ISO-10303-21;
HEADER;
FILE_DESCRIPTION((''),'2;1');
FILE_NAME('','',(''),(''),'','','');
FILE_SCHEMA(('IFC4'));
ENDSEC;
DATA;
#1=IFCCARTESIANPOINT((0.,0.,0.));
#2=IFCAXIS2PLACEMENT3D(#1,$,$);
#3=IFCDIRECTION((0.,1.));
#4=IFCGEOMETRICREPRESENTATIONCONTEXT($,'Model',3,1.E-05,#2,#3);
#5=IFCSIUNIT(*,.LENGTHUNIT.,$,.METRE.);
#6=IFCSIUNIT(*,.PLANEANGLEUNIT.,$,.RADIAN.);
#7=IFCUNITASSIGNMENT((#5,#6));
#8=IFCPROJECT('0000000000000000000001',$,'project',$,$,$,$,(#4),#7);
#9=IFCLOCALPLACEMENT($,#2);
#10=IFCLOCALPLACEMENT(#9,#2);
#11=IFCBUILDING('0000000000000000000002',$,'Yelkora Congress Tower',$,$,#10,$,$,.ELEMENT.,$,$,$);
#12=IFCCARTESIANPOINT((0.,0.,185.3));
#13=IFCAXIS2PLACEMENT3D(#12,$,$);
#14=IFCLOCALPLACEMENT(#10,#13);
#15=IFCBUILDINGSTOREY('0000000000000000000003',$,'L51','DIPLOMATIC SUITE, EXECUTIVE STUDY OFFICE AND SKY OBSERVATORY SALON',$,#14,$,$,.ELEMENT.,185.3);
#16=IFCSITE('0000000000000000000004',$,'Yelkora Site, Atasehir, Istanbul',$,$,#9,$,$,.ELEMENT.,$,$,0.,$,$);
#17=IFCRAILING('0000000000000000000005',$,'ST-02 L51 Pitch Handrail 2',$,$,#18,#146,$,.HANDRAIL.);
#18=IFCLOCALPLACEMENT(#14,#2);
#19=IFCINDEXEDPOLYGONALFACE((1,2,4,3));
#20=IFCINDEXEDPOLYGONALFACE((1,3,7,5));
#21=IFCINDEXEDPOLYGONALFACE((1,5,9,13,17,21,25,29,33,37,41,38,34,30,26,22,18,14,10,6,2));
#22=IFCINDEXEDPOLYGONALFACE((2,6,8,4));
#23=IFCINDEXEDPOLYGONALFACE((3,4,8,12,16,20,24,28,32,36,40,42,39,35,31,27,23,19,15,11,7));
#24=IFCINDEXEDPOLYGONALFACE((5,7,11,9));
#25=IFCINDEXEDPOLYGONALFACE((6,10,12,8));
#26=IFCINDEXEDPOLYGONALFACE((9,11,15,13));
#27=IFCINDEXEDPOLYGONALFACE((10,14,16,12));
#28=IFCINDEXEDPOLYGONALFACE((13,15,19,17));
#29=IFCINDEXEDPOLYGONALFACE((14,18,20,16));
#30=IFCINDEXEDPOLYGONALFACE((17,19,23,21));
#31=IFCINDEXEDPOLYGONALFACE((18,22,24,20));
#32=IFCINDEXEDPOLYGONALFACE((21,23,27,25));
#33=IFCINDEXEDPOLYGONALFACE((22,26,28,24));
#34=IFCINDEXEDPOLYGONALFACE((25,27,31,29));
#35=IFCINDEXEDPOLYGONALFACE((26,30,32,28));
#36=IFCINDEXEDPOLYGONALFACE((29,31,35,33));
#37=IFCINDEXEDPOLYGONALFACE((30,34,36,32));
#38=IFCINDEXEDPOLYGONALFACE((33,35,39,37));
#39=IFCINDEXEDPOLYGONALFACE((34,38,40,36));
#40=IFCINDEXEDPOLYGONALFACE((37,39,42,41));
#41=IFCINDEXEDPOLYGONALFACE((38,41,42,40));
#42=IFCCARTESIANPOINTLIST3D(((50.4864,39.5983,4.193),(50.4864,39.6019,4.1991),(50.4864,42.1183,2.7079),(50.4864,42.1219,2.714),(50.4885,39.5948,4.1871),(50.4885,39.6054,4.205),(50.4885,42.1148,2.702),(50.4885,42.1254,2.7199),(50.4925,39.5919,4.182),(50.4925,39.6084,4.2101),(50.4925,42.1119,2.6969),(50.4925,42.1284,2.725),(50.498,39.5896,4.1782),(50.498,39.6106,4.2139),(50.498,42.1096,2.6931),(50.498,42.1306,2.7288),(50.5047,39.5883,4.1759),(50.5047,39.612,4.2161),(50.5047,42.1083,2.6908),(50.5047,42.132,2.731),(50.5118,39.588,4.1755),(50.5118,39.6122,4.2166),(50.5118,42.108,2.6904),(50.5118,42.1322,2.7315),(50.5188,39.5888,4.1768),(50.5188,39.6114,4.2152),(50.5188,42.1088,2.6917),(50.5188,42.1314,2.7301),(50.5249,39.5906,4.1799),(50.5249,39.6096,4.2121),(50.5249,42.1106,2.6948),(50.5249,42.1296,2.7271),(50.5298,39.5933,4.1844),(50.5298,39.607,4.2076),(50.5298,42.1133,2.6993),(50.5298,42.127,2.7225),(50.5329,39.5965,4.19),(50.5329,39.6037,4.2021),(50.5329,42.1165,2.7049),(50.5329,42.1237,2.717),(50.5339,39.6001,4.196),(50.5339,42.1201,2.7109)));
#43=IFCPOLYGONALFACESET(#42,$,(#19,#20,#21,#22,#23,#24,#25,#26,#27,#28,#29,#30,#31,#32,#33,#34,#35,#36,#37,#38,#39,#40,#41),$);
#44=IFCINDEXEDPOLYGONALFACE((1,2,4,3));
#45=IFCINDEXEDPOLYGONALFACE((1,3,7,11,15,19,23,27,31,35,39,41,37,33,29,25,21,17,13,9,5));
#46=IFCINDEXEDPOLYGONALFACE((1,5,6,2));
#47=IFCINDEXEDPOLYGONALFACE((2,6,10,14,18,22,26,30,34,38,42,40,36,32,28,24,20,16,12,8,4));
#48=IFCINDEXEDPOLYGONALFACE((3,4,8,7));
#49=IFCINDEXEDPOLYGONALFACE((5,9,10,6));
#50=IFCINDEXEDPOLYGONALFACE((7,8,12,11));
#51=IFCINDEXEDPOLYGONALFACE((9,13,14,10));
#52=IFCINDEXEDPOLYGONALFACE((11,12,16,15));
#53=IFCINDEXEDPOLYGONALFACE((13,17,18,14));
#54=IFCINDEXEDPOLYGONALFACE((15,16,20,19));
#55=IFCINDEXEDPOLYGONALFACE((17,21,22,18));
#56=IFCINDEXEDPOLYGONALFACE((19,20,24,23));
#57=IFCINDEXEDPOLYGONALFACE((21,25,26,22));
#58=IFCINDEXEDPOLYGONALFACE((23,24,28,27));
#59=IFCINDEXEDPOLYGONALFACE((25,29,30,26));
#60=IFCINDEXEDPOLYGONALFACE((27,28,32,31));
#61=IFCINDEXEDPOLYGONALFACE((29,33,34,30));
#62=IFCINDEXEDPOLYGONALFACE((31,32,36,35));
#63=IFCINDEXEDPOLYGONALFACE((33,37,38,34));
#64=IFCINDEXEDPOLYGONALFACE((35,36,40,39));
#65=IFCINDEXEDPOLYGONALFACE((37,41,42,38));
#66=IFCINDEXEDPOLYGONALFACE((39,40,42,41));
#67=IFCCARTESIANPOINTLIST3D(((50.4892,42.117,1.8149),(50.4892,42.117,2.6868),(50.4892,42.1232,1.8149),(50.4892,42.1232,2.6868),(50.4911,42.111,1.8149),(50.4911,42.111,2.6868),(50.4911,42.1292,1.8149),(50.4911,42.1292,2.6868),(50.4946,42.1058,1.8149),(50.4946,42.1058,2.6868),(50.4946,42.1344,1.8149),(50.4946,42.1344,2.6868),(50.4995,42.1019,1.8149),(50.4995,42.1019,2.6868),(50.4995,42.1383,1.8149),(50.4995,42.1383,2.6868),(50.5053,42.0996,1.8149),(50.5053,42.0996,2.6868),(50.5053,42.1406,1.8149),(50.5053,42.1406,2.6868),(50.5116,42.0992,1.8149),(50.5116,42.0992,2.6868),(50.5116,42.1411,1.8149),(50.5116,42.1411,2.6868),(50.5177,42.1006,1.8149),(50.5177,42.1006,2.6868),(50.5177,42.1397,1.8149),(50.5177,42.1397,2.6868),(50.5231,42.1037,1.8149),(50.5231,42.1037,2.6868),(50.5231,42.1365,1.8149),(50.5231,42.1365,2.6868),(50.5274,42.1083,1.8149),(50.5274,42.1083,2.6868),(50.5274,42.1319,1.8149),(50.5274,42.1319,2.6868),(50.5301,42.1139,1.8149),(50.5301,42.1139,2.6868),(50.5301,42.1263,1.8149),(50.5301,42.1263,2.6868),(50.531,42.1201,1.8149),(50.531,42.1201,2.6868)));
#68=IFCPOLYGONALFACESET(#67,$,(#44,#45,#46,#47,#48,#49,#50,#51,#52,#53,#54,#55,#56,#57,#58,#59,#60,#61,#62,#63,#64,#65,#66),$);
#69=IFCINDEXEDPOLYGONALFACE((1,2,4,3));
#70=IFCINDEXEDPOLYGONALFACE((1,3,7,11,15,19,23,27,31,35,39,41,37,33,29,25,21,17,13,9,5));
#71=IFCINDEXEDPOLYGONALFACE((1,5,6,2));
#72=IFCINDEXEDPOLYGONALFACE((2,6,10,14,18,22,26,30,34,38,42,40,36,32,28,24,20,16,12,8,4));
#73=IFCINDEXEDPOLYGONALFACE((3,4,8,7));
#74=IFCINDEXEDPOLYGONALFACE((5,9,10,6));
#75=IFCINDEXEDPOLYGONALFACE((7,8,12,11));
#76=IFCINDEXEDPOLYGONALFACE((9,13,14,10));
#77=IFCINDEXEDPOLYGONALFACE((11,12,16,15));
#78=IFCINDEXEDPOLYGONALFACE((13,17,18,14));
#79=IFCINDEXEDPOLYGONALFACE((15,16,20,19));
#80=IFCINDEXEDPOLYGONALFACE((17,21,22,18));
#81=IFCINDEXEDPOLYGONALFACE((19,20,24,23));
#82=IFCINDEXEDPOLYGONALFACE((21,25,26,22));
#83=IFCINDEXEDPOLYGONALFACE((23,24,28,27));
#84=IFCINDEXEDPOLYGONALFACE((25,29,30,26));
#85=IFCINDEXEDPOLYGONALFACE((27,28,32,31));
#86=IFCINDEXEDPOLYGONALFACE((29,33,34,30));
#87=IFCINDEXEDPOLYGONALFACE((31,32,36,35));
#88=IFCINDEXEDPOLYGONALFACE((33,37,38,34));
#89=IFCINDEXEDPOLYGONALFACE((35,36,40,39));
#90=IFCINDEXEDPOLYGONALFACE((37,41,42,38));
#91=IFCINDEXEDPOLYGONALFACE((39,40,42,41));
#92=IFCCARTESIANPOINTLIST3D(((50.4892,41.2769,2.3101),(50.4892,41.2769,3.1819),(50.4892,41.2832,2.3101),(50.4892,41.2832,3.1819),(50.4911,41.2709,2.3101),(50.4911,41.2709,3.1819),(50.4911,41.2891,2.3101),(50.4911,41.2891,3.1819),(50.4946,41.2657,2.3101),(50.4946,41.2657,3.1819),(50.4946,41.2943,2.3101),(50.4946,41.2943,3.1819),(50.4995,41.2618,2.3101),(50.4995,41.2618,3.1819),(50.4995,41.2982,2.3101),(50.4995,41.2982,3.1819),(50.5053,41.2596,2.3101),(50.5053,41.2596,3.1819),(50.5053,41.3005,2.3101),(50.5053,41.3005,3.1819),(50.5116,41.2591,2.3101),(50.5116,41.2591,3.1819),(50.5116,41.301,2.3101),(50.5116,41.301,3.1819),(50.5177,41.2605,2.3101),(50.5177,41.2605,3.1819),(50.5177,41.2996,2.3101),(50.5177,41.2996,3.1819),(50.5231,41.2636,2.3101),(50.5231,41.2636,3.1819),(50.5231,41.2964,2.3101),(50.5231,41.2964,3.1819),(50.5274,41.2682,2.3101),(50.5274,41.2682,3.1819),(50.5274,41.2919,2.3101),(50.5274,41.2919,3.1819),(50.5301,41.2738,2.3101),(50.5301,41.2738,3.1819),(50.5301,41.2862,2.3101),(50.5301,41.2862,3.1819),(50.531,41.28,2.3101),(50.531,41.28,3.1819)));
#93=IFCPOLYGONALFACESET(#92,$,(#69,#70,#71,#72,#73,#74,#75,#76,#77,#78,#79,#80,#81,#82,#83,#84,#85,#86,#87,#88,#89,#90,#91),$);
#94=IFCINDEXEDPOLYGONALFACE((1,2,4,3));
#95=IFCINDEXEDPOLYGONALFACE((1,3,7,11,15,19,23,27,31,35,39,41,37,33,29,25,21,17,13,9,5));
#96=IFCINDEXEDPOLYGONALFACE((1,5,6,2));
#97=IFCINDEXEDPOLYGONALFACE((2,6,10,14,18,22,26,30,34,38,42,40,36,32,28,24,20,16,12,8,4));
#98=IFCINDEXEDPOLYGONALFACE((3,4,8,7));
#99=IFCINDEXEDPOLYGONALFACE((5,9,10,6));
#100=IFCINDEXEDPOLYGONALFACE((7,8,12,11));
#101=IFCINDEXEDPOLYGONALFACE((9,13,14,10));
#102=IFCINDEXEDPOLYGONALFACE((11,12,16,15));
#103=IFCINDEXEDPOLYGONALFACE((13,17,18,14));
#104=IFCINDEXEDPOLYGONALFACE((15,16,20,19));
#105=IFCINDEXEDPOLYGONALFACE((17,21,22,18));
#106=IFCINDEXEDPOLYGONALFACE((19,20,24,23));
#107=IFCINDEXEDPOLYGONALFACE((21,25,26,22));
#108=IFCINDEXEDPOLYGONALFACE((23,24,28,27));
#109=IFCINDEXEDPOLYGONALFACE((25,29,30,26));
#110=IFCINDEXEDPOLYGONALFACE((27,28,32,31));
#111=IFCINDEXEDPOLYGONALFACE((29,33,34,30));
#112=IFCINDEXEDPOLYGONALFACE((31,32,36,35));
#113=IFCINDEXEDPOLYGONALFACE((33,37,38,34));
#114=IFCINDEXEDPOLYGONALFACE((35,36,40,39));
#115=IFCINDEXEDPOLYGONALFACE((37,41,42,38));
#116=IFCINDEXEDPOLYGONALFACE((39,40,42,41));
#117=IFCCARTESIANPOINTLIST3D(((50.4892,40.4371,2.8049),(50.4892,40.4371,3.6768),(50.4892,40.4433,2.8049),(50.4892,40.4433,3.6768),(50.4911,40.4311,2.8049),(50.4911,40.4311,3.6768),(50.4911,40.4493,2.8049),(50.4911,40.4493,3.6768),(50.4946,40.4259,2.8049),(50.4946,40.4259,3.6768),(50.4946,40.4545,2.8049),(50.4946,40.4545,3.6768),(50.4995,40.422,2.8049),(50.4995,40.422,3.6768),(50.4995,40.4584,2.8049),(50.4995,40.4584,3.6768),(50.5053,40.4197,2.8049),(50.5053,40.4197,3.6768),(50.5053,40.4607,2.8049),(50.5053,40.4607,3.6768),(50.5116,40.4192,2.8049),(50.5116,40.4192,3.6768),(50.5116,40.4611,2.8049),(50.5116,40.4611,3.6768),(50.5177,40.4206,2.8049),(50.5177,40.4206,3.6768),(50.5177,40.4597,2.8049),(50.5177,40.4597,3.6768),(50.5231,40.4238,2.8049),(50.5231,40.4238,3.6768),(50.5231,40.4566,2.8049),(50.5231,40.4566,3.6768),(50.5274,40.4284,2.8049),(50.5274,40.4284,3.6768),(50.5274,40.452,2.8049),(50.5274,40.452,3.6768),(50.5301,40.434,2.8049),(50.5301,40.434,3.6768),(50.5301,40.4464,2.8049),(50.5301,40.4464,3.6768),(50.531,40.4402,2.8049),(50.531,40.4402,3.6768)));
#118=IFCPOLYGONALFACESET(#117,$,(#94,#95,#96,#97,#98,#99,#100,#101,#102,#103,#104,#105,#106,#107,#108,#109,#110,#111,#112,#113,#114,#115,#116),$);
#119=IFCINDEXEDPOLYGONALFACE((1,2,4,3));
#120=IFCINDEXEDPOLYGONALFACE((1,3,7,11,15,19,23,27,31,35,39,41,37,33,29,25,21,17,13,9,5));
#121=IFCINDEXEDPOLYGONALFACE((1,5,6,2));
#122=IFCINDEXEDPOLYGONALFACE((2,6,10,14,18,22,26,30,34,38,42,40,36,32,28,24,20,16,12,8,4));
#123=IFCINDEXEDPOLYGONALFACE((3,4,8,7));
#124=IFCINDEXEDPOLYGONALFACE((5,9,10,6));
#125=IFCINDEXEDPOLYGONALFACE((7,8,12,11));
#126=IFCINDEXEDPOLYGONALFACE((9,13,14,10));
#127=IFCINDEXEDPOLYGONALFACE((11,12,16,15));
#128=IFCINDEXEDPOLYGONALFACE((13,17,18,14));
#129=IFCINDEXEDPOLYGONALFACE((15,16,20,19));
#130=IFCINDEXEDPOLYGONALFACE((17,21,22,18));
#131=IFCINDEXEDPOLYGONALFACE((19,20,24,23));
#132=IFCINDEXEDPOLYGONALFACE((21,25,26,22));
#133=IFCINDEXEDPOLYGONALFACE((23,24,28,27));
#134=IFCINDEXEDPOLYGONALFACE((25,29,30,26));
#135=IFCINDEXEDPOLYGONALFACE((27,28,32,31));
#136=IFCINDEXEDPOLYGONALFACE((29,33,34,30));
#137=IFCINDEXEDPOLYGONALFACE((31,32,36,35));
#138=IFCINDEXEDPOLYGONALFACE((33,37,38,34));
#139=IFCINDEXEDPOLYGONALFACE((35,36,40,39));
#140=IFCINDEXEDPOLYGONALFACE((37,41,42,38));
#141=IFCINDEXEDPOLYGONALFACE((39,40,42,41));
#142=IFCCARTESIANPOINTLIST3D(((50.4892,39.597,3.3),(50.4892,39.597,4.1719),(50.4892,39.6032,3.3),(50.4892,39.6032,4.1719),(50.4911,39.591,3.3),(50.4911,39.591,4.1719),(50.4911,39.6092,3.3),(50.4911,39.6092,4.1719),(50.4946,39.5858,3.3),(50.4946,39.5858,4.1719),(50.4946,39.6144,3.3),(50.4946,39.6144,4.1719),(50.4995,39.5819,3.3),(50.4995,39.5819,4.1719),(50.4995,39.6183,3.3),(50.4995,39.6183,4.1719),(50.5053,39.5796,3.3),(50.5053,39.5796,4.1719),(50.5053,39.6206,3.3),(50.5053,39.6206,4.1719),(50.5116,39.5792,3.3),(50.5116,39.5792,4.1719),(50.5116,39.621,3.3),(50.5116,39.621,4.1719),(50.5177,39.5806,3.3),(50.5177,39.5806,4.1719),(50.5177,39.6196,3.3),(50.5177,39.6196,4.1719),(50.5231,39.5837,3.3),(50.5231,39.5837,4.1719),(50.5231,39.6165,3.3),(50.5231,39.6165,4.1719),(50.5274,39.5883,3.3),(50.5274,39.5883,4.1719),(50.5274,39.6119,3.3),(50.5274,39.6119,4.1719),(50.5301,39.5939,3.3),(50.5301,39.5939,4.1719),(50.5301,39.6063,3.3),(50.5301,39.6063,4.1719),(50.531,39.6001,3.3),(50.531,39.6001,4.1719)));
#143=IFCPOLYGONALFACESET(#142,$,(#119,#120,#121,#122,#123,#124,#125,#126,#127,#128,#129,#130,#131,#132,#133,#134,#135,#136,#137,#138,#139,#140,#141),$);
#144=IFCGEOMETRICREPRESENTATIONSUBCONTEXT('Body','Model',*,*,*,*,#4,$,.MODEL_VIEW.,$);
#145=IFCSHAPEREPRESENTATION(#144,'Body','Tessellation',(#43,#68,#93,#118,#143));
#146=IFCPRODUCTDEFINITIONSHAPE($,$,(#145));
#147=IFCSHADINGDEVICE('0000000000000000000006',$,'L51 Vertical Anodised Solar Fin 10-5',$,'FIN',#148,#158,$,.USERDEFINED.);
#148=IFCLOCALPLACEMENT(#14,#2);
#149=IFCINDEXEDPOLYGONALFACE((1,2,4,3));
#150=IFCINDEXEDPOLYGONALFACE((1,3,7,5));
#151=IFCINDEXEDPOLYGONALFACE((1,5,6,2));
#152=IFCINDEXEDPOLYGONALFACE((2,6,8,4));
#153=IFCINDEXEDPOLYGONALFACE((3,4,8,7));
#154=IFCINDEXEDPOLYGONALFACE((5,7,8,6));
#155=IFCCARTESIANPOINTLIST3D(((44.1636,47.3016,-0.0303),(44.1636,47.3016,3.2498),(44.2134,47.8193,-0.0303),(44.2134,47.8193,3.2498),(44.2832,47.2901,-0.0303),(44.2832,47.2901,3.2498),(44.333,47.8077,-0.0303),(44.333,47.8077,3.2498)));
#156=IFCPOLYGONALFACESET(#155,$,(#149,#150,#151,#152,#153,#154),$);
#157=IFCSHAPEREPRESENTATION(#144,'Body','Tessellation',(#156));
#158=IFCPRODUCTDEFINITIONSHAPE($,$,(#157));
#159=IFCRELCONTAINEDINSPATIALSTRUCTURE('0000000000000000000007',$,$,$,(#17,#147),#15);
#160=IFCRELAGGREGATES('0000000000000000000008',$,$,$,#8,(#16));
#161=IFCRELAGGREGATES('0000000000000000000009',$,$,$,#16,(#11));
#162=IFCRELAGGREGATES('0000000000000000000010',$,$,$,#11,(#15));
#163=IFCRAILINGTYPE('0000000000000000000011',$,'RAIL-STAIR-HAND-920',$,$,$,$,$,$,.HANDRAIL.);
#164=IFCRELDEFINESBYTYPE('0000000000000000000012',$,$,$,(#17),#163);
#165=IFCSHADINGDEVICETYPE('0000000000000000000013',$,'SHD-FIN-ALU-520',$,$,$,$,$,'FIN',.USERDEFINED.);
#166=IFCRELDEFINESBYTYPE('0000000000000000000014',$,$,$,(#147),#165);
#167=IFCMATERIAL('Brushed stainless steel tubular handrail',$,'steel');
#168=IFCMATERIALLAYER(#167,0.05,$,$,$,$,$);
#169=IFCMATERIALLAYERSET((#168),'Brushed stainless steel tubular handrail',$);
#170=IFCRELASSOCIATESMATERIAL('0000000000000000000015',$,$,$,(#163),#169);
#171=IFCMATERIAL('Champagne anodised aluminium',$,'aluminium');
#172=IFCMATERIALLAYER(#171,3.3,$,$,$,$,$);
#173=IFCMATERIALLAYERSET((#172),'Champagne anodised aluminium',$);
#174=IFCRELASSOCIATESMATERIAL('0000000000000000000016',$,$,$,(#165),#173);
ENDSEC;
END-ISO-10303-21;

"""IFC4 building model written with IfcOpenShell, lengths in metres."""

from ifc_helpers import new_model, si_unit, direction, frame, origin, origin_2d, place, context, subcontext, project, spatial, rectangle, circle, extrude, material, layer, layer_set, type_object, element, save


model = new_model("IFC4")

# Units and contexts
model_context = context("Model", 3, precision=1e-05, world=origin(), true_north=direction((0.0, 1.0)))
body_context = subcontext(model_context, "Body", "Model", "MODEL_VIEW")
ifc_project = project(units=[si_unit("LENGTHUNIT", "METRE"), si_unit("PLANEANGLEUNIT", "RADIAN")], contexts=[model_context])

# Site, building, storey
site_placement = place(None, origin())
site = spatial("IfcSite", under=ifc_project, at=site_placement, Name="Yelkora Site, Atasehir, Istanbul", CompositionType="ELEMENT", RefElevation=0.0)
building_placement = place(site_placement, origin())
building = spatial("IfcBuilding", under=site, at=building_placement, Name="Yelkora Congress Tower", CompositionType="ELEMENT")
storey_placement = place(building_placement, frame((0.0, 0.0, 185.3)))
storey = spatial("IfcBuildingStorey", under=building, at=storey_placement, Name="L51", Description="DIPLOMATIC SUITE, EXECUTIVE STUDY OFFICE AND SKY OBSERVATORY SALON", CompositionType="ELEMENT", Elevation=185.3)

# Railing
ifc_material_1 = material(Name="Brushed stainless steel tubular handrail", Category="steel")
ifc_layer_1 = layer(ifc_material_1, 0.05)
ifc_layer_set_1 = layer_set([ifc_layer_1], Name="Brushed stainless steel tubular handrail")
railing_type_1 = type_object("IfcRailingType", Name="RAIL-STAIR-HAND-920", PredefinedType="HANDRAIL", material=ifc_layer_set_1)
railing_1_placement = place(storey_placement, frame((50.51, 42.1201, 1.8149)))
element("IfcRailing", 1, at=railing_1_placement, inside=storey, type_object=railing_type_1, Name="ST-02 L51 Pitch Handrail 2", PredefinedType="HANDRAIL", context=body_context, shape_type="SweptSolid", body=[
    extrude(circle(Radius=0.0239, at=origin_2d()), frame((0.0, 0.0, 0.896), z_axis=(0.0, -0.861524, 0.507717), x_axis=(1.0, 0.0, 0.0)), (0.0, 0.0, 1.0), 2.925),
    extrude(circle(Radius=0.021, at=origin_2d()), origin(), (0.0, 0.0, 1.0), 0.8718),
    extrude(circle(Radius=0.021, at=origin_2d()), frame((0.0, -0.8401, 0.4951)), (0.0, 0.0, 1.0), 0.8718),
    extrude(circle(Radius=0.021, at=origin_2d()), frame((0.0, -1.6799, 0.99)), (0.0, 0.0, 1.0), 0.8718),
    extrude(circle(Radius=0.021, at=origin_2d()), frame((0.0, -2.52, 1.4851)), (0.0, 0.0, 1.0), 0.8718),
])

# Shading device
ifc_material_2 = material(Name="Champagne anodised aluminium", Category="aluminium")
ifc_layer_2 = layer(ifc_material_2, 3.3)
ifc_layer_set_2 = layer_set([ifc_layer_2], Name="Champagne anodised aluminium")
shading_device_type = type_object("IfcShadingDeviceType", Name="SHD-FIN-ALU-520", ElementType="FIN", PredefinedType="USERDEFINED", material=ifc_layer_set_2)
shading_device_placement = place(storey_placement, frame((44.2483, 47.5547, -0.0303), z_axis=(0.0, 0.0, 1.0), x_axis=(0.995396, -0.095846, 0.0)))
element("IfcShadingDevice", 2, at=shading_device_placement, inside=storey, type_object=shading_device_type, Name="L51 Vertical Anodised Solar Fin 10-5", ObjectType="FIN", PredefinedType="USERDEFINED", context=body_context, shape_type="SweptSolid", body=[
    extrude(rectangle(XDim=0.1201, YDim=0.52, at=origin_2d()), origin(), (0.0, 0.0, 1.0), 3.28),
])

save(model, "model.ifc")
